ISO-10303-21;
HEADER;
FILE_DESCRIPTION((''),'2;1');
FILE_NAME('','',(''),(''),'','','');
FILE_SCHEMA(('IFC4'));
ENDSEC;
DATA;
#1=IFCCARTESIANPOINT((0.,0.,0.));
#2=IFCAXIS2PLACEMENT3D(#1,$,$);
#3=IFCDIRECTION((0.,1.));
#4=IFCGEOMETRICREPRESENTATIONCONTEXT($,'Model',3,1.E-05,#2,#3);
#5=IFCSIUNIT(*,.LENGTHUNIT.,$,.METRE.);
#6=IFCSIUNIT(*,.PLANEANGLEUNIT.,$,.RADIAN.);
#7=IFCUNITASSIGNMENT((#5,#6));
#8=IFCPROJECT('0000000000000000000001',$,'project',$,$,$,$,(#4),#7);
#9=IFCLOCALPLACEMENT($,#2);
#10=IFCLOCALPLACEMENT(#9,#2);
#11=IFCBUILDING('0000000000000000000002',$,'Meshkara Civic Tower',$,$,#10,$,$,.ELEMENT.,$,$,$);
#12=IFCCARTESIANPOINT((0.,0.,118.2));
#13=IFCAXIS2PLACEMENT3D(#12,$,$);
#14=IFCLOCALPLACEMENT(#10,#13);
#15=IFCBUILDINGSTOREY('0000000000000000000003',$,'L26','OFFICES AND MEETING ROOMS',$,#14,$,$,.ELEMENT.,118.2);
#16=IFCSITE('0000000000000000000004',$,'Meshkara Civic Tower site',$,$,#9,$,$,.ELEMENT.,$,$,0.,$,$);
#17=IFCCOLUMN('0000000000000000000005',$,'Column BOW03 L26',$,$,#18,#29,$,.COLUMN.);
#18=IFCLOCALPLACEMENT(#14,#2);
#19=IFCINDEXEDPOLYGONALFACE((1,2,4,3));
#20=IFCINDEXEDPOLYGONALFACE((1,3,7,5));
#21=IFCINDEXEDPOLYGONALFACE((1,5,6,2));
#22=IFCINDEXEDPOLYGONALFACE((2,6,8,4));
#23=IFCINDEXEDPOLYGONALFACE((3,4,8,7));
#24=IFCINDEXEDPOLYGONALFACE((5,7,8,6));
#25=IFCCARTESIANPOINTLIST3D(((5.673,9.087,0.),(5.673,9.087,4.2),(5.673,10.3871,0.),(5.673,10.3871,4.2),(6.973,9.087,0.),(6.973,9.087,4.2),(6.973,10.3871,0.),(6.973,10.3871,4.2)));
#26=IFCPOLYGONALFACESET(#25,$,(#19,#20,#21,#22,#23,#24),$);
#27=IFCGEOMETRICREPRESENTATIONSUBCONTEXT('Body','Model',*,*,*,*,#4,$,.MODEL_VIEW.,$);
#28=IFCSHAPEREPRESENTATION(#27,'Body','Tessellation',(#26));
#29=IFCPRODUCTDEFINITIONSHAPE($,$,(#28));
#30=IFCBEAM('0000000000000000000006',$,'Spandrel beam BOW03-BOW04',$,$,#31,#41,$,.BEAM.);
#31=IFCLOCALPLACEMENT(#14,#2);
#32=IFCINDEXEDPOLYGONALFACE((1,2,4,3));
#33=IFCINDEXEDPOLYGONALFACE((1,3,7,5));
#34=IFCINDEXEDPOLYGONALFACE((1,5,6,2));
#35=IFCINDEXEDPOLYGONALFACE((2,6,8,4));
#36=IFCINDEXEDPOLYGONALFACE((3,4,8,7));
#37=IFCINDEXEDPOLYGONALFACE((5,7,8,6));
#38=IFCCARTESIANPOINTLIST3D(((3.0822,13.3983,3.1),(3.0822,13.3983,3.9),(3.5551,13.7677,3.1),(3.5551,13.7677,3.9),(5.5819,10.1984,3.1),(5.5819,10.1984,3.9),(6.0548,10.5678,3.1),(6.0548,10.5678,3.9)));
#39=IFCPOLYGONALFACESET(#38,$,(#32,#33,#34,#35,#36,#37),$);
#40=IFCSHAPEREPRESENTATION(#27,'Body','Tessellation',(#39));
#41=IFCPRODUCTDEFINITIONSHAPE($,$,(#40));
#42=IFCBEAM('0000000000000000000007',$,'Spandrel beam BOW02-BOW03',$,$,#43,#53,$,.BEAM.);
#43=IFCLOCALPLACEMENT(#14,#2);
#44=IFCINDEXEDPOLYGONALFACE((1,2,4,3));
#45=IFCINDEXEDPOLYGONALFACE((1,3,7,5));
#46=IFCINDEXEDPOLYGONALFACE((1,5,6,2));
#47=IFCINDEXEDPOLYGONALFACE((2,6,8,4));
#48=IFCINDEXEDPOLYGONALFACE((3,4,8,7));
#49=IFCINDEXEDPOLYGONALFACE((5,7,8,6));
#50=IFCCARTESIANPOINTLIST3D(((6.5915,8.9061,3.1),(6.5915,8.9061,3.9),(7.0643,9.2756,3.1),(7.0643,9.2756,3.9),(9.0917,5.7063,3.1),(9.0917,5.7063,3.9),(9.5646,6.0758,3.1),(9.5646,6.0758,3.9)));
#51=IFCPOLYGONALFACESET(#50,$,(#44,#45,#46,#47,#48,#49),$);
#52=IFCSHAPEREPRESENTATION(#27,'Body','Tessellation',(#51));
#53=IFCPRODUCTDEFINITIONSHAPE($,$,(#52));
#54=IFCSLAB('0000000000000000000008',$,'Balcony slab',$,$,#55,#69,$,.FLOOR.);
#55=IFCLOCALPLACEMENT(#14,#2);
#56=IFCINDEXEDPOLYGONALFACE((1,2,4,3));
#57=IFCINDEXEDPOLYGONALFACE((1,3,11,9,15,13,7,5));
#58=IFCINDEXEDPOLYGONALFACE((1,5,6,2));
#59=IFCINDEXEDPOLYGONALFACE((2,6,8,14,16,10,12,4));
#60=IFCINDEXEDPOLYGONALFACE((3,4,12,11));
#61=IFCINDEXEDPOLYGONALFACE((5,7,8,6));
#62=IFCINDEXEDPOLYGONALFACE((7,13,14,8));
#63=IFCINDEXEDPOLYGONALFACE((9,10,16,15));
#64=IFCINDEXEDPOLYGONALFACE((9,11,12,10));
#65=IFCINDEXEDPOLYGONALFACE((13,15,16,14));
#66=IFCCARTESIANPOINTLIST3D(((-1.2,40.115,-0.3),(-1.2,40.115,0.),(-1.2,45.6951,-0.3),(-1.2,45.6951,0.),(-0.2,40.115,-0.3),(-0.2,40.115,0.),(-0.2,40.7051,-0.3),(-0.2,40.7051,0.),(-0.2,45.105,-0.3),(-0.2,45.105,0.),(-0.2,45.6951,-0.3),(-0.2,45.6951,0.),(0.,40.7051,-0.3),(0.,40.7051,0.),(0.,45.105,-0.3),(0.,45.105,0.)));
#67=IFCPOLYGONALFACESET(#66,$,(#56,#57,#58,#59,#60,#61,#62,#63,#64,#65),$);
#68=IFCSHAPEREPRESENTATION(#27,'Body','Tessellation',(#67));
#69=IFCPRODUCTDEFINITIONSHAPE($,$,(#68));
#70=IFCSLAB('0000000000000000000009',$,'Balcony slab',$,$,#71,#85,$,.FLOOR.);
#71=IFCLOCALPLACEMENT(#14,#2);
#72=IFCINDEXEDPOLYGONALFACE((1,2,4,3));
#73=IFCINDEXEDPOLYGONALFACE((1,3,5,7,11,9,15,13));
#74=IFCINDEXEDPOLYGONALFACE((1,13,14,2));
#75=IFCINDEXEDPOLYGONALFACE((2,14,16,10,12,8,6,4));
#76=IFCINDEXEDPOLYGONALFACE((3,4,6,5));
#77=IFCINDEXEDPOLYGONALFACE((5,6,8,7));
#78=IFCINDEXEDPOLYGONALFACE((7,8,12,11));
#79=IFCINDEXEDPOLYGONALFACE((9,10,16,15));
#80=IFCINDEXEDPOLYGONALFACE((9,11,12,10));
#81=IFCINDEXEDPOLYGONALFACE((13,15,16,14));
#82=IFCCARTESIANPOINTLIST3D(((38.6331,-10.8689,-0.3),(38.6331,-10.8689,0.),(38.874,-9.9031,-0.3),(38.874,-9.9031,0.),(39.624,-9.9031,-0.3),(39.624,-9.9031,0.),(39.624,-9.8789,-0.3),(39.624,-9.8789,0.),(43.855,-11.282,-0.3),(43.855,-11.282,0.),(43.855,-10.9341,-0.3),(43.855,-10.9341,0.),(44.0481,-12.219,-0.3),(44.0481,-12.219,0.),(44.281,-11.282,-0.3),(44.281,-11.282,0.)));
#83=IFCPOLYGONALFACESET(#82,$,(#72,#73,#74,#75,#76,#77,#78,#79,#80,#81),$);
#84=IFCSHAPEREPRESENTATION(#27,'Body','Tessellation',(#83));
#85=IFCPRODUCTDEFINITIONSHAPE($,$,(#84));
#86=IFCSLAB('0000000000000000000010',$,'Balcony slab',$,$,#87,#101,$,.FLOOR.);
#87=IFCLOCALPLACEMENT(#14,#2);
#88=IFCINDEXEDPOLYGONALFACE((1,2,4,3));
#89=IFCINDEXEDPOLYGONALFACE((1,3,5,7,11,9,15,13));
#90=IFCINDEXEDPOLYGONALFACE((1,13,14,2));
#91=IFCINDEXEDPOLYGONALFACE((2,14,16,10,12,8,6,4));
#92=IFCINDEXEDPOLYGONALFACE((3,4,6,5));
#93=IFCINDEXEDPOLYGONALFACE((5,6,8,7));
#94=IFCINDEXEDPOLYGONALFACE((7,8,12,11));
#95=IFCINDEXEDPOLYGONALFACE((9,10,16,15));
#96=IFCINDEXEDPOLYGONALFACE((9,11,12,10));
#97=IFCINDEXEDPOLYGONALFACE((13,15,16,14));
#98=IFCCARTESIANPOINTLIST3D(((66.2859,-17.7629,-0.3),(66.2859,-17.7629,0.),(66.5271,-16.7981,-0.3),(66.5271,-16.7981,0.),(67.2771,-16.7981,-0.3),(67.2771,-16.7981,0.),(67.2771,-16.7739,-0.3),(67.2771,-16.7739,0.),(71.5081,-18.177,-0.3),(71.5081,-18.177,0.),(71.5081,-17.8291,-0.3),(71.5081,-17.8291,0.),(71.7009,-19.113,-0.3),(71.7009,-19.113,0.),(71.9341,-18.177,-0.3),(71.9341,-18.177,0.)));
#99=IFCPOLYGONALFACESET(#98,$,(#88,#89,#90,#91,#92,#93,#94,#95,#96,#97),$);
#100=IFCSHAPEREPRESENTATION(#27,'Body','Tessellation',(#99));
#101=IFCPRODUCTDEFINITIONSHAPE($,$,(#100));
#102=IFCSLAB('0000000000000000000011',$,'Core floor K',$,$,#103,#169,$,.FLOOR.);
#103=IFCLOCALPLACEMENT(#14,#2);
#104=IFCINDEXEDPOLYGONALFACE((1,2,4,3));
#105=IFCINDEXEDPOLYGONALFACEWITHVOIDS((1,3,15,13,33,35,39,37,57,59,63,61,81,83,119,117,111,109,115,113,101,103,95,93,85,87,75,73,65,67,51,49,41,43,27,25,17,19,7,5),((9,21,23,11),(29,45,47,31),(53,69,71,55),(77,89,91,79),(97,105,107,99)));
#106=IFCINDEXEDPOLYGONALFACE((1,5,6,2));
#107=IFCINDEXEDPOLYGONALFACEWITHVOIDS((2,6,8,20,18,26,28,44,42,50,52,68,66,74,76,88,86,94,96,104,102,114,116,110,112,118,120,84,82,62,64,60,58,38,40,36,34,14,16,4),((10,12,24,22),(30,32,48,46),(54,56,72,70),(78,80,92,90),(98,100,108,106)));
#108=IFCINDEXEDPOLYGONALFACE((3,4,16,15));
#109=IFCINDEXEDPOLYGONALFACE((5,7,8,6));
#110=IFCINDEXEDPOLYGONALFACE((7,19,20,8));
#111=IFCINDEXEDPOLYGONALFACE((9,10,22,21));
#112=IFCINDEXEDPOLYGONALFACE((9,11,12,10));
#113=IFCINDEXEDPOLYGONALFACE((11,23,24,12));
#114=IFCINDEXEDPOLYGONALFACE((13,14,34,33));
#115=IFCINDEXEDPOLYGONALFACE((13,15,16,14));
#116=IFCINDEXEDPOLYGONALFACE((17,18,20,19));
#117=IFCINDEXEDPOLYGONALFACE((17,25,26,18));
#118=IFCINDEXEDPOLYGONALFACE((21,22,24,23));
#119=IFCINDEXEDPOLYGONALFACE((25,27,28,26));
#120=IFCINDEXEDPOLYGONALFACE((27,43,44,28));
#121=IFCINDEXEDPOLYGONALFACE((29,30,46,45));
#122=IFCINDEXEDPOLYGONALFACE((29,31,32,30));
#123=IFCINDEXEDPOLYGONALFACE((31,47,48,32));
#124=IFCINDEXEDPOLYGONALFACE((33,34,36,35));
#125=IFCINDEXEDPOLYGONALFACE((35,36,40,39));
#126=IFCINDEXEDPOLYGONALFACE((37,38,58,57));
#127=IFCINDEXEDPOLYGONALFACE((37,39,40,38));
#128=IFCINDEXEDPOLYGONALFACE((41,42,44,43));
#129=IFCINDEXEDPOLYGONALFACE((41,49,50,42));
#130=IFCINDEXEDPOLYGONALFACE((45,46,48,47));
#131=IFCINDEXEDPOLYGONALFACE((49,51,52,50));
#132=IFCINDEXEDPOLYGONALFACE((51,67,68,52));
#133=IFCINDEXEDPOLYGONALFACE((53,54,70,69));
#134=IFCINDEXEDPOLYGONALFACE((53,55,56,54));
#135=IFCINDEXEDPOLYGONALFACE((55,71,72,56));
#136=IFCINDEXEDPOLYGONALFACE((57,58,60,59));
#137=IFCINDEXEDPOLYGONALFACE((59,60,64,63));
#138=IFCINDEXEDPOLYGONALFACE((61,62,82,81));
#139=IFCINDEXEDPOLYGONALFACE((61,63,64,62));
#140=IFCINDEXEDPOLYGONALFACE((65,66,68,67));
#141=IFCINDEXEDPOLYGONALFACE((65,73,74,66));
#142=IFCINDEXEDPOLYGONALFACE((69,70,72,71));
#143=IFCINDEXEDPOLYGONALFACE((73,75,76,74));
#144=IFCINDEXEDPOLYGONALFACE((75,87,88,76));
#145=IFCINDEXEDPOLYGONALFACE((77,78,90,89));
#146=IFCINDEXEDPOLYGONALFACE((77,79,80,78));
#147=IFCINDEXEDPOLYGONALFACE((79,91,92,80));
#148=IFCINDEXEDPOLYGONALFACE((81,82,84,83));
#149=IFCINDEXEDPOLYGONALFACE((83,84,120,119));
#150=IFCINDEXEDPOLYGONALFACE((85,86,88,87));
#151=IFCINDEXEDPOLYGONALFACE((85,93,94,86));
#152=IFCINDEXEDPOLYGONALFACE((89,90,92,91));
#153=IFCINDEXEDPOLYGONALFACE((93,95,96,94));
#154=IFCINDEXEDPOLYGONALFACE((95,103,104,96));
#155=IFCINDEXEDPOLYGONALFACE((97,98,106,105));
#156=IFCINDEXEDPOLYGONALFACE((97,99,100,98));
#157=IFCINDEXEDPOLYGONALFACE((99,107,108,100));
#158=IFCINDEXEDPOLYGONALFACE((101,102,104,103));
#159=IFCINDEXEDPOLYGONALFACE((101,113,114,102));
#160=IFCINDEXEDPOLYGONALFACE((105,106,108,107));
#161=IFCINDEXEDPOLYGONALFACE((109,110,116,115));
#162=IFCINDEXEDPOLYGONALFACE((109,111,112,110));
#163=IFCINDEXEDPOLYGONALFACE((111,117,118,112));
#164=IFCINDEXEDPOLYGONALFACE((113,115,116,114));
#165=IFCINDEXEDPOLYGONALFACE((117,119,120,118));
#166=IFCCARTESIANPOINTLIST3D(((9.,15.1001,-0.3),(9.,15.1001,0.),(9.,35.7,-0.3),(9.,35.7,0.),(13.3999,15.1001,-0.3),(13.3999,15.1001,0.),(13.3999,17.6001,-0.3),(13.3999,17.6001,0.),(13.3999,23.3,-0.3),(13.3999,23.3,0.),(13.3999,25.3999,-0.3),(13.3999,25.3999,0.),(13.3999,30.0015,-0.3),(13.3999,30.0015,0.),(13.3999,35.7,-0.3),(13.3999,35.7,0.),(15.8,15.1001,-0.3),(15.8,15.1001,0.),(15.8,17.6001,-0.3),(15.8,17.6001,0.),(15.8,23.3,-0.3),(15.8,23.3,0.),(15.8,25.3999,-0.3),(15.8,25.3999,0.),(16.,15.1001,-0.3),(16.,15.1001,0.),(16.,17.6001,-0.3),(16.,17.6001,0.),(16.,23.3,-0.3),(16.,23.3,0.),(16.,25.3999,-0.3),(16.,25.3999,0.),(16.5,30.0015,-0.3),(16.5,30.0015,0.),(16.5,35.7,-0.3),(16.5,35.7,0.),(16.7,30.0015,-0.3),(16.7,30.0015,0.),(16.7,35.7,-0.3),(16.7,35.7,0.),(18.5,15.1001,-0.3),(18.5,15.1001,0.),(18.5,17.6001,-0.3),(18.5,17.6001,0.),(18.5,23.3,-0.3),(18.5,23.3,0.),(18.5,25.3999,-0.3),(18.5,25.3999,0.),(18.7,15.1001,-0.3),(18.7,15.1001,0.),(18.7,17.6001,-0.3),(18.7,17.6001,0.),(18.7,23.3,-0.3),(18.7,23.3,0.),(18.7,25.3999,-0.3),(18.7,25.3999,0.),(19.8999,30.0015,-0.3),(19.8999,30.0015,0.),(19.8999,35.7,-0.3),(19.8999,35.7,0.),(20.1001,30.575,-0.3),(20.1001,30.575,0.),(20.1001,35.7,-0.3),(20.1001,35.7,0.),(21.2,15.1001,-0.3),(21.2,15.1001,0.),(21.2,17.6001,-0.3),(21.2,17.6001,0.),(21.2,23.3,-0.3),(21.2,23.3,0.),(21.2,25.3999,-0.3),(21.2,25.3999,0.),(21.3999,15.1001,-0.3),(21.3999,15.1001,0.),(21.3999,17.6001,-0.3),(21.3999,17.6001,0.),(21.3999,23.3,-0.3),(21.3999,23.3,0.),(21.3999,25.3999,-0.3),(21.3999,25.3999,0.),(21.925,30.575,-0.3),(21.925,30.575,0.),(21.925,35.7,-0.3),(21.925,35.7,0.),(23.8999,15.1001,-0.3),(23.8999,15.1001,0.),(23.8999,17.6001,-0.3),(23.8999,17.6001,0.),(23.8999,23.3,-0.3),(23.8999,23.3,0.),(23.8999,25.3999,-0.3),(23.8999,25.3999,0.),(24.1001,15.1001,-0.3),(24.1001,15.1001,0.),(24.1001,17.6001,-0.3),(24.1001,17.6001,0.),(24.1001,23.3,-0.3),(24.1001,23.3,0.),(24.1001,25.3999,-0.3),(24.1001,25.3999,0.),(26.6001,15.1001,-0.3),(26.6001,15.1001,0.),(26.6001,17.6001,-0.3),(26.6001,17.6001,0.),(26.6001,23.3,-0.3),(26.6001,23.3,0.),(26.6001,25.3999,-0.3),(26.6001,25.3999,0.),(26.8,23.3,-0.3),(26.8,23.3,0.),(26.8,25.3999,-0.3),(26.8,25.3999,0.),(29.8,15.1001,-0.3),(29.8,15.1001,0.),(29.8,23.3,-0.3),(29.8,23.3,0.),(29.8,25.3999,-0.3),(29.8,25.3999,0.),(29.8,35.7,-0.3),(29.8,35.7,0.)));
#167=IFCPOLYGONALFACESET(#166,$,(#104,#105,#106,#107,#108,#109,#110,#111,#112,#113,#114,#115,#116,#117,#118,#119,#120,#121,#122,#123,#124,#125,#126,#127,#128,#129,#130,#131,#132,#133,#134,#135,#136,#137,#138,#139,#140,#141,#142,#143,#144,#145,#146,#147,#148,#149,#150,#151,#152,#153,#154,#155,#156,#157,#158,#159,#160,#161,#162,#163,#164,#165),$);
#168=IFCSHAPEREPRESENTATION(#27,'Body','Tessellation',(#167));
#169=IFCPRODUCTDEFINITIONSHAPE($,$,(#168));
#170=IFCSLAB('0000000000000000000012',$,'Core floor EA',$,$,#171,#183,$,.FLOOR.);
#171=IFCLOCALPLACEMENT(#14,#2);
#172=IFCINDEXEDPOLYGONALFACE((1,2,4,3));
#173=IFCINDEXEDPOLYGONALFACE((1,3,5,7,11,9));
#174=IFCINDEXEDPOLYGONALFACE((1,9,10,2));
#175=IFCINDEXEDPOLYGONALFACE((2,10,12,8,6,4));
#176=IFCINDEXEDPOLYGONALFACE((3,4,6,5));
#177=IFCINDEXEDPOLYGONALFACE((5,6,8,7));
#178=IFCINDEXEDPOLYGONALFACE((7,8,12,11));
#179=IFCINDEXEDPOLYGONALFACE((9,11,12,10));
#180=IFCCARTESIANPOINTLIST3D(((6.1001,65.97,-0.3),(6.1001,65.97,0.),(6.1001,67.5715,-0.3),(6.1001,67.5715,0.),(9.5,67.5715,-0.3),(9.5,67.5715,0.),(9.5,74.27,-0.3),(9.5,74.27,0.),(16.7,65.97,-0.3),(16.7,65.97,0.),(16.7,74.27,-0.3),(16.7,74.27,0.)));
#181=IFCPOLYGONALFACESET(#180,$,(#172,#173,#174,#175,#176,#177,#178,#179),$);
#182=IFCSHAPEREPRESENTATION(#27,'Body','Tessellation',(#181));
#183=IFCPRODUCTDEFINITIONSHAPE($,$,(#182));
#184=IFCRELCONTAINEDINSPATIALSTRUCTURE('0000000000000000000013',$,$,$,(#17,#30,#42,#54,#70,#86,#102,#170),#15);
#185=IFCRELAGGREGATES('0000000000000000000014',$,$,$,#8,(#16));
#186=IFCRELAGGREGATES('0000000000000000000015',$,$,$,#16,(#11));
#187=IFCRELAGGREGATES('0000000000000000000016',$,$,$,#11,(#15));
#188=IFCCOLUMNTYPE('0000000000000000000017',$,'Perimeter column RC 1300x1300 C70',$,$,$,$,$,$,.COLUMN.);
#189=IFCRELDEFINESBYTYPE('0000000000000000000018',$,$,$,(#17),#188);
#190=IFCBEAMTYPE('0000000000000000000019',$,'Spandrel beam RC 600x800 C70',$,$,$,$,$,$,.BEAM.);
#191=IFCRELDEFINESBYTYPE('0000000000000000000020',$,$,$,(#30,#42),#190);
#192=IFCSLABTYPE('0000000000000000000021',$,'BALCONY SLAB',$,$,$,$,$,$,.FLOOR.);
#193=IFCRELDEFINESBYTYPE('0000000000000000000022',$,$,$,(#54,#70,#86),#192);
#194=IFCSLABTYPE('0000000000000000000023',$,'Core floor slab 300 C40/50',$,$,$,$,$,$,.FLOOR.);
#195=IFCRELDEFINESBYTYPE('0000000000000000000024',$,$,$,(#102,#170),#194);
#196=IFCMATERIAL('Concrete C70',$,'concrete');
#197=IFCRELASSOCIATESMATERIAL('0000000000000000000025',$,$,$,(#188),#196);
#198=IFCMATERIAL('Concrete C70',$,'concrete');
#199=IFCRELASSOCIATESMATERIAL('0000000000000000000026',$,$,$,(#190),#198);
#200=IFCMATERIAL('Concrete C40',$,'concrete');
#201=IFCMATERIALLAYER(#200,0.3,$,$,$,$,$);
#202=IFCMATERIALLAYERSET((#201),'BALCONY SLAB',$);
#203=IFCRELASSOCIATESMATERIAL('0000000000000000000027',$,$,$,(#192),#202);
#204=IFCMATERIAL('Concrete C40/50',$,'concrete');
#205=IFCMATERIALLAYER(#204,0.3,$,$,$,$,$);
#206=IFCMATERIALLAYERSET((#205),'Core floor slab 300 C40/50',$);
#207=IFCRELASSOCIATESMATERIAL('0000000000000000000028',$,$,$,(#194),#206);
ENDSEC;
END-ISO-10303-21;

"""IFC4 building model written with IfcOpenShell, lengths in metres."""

from ifc_helpers import new_model, si_unit, direction, frame, origin, origin_2d, place, context, subcontext, project, spatial, polyline, rectangle, outline, extrude, material, layer, layer_set, material_profile, profile_set, type_object, element, save


model = new_model("IFC4")

# Units and contexts
model_context = context("Model", 3, precision=1e-05, world=origin(), true_north=direction((0.0, 1.0)))
body_context = subcontext(model_context, "Body", "Model", "MODEL_VIEW")
ifc_project = project(units=[si_unit("LENGTHUNIT", "METRE"), si_unit("PLANEANGLEUNIT", "RADIAN")], contexts=[model_context])

# Site, building, storey
site_placement = place(None, origin())
site = spatial("IfcSite", under=ifc_project, at=site_placement, Name="Meshkara Civic Tower site", CompositionType="ELEMENT", RefElevation=0.0)
building_placement = place(site_placement, origin())
building = spatial("IfcBuilding", under=site, at=building_placement, Name="Meshkara Civic Tower", CompositionType="ELEMENT")
storey_placement = place(building_placement, frame((0.0, 0.0, 118.2)))
storey = spatial("IfcBuildingStorey", under=building, at=storey_placement, Name="L26", Description="OFFICES AND MEETING ROOMS", CompositionType="ELEMENT", Elevation=118.2)

# Column
ifc_material_1 = material(Name="Concrete C70", Category="concrete")
ifc_material_profile_1 = material_profile(ifc_material_1, rectangle(XDim=1.3, YDim=1.3, at=origin_2d()))
ifc_profile_set_1 = profile_set([ifc_material_profile_1], Name="Concrete C70")
column_type = type_object("IfcColumnType", Name="Perimeter column RC 1300x1300 C70", PredefinedType="COLUMN", material=ifc_profile_set_1)
column_placement = place(storey_placement, frame((6.323, 9.7371, 0.0), z_axis=(0.0, 0.0, 1.0), x_axis=(1.0, 0.0, 0.0)))
element("IfcColumn", 1, at=column_placement, inside=storey, type_object=column_type, Name="Column BOW03 L26", PredefinedType="COLUMN", context=body_context, shape_type="SweptSolid", body=[
    extrude(rectangle(XDim=1.3, YDim=1.3, at=origin_2d()), origin(), (0.0, 0.0, 1.0), 4.2),
])

# Beams
ifc_material_2 = material(Name="Concrete C70", Category="concrete")
ifc_material_profile_2 = material_profile(ifc_material_2, rectangle(XDim=0.6001, YDim=0.8, at=origin_2d()))
ifc_profile_set_2 = profile_set([ifc_material_profile_2], Name="Concrete C70")
beam_type = type_object("IfcBeamType", Name="Spandrel beam RC 600x800 C70", PredefinedType="BEAM", material=ifc_profile_set_2)
beam_1_placement = place(storey_placement, frame((3.3186, 13.583, 3.5), z_axis=(0.615613, -0.788049, 0.0), x_axis=(0.788049, 0.615613, 0.0)))
element("IfcBeam", 2, at=beam_1_placement, inside=storey, type_object=beam_type, Name="Spandrel beam BOW03-BOW04", PredefinedType="BEAM", context=body_context, shape_type="SweptSolid", body=[
    extrude(rectangle(XDim=0.6001, YDim=0.8, at=origin_2d()), origin(), (0.0, 0.0, 1.0), 4.0605),
])
beam_2_placement = place(storey_placement, frame((6.8279, 9.0908, 3.5), z_axis=(0.615716, -0.787968, 0.0), x_axis=(0.787968, 0.615716, 0.0)))
element("IfcBeam", 3, at=beam_2_placement, inside=storey, type_object=beam_type, Name="Spandrel beam BOW02-BOW03", PredefinedType="BEAM", context=body_context, shape_type="SweptSolid", body=[
    extrude(rectangle(XDim=0.6001, YDim=0.8, at=origin_2d()), origin(), (0.0, 0.0, 1.0), 4.0608),
])

# Slabs
ifc_material_3 = material(Name="Concrete C40", Category="concrete")
ifc_layer_1 = layer(ifc_material_3, 0.3)
ifc_layer_set_1 = layer_set([ifc_layer_1], Name="BALCONY SLAB")
slab_type_1 = type_object("IfcSlabType", Name="BALCONY SLAB", PredefinedType="FLOOR", material=ifc_layer_set_1)
slab_1_placement = place(storey_placement, frame((0.0, 0.0, -0.3)))
element("IfcSlab", 4, at=slab_1_placement, inside=storey, type_object=slab_type_1, Name="Balcony slab", PredefinedType="FLOOR", context=body_context, shape_type="SweptSolid", body=[
    extrude(outline(polyline([(-1.2, 40.115), (-1.2, 45.6951), (-0.2, 45.6951), (-0.2, 45.105), (0.0, 45.105), (0.0, 40.7051), (-0.2, 40.7051), (-0.2, 40.115), (-1.2, 40.115)])), origin(), (0.0, 0.0, 1.0), 0.3),
])
slab_2_placement = place(storey_placement, frame((0.0, 0.0, -0.3)))
element("IfcSlab", 5, at=slab_2_placement, inside=storey, type_object=slab_type_1, Name="Balcony slab", PredefinedType="FLOOR", context=body_context, shape_type="SweptSolid", body=[
    extrude(outline(polyline([(44.0481, -12.219), (38.6331, -10.8689), (38.874, -9.9031), (39.624, -9.9031), (39.624, -9.8789), (43.855, -10.9341), (43.855, -11.282), (44.281, -11.282), (44.0481, -12.219)])), origin(), (0.0, 0.0, 1.0), 0.3),
])
slab_3_placement = place(storey_placement, frame((0.0, 0.0, -0.3)))
element("IfcSlab", 6, at=slab_3_placement, inside=storey, type_object=slab_type_1, Name="Balcony slab", PredefinedType="FLOOR", context=body_context, shape_type="SweptSolid", body=[
    extrude(outline(polyline([(71.7009, -19.113), (66.2859, -17.7629), (66.5271, -16.7981), (67.2771, -16.7981), (67.2771, -16.7739), (71.5081, -17.8291), (71.5081, -18.177), (71.9341, -18.177), (71.7009, -19.113)])), origin(), (0.0, 0.0, 1.0), 0.3),
])
ifc_material_4 = material(Name="Concrete C40/50", Category="concrete")
ifc_layer_2 = layer(ifc_material_4, 0.3)
ifc_layer_set_2 = layer_set([ifc_layer_2], Name="Core floor slab 300 C40/50")
slab_type_2 = type_object("IfcSlabType", Name="Core floor slab 300 C40/50", PredefinedType="FLOOR", material=ifc_layer_set_2)
slab_4_placement = place(storey_placement, frame((0.0, 0.0, -0.3)))
element("IfcSlab", 7, at=slab_4_placement, inside=storey, type_object=slab_type_2, Name="Core floor K", PredefinedType="FLOOR", context=body_context, shape_type="SweptSolid", body=[
    extrude(outline(polyline([(9.0, 35.7), (13.3999, 35.7), (13.3999, 30.0015), (16.5, 30.0015), (16.5, 35.7), (16.7, 35.7), (16.7, 30.0015), (19.8999, 30.0015), (19.8999, 35.7), (20.1001, 35.7), (20.1001, 30.575), (21.925, 30.575), (21.925, 35.7), (29.8, 35.7), (29.8, 25.3999), (26.8, 25.3999), (26.8, 23.3), (29.8, 23.3), (29.8, 15.1001), (26.6001, 15.1001), (26.6001, 17.6001), (24.1001, 17.6001), (24.1001, 15.1001), (23.8999, 15.1001), (23.8999, 17.6001), (21.3999, 17.6001), (21.3999, 15.1001), (21.2, 15.1001), (21.2, 17.6001), (18.7, 17.6001), (18.7, 15.1001), (18.5, 15.1001), (18.5, 17.6001), (16.0, 17.6001), (16.0, 15.1001), (15.8, 15.1001), (15.8, 17.6001), (13.3999, 17.6001), (13.3999, 15.1001), (9.0, 15.1001), (9.0, 35.7)]), holes=[polyline([(13.3999, 25.3999), (13.3999, 23.3), (15.8, 23.3), (15.8, 25.3999), (13.3999, 25.3999)]), polyline([(18.5, 23.3), (18.5, 25.3999), (16.0, 25.3999), (16.0, 23.3), (18.5, 23.3)]), polyline([(18.7, 25.3999), (18.7, 23.3), (21.2, 23.3), (21.2, 25.3999), (18.7, 25.3999)]), polyline([(21.3999, 23.3), (23.8999, 23.3), (23.8999, 25.3999), (21.3999, 25.3999), (21.3999, 23.3)]), polyline([(26.6001, 25.3999), (24.1001, 25.3999), (24.1001, 23.3), (26.6001, 23.3), (26.6001, 25.3999)])]), origin(), (0.0, 0.0, 1.0), 0.3),
])
slab_5_placement = place(storey_placement, frame((0.0, 0.0, -0.3)))
element("IfcSlab", 8, at=slab_5_placement, inside=storey, type_object=slab_type_2, Name="Core floor EA", PredefinedType="FLOOR", context=body_context, shape_type="SweptSolid", body=[
    extrude(outline(polyline([(16.7, 65.97), (16.7, 74.27), (9.5, 74.27), (9.5, 67.5715), (6.1001, 67.5715), (6.1001, 65.97), (16.7, 65.97)])), origin(), (0.0, 0.0, 1.0), 0.3),
])

save(model, "model.ifc")
